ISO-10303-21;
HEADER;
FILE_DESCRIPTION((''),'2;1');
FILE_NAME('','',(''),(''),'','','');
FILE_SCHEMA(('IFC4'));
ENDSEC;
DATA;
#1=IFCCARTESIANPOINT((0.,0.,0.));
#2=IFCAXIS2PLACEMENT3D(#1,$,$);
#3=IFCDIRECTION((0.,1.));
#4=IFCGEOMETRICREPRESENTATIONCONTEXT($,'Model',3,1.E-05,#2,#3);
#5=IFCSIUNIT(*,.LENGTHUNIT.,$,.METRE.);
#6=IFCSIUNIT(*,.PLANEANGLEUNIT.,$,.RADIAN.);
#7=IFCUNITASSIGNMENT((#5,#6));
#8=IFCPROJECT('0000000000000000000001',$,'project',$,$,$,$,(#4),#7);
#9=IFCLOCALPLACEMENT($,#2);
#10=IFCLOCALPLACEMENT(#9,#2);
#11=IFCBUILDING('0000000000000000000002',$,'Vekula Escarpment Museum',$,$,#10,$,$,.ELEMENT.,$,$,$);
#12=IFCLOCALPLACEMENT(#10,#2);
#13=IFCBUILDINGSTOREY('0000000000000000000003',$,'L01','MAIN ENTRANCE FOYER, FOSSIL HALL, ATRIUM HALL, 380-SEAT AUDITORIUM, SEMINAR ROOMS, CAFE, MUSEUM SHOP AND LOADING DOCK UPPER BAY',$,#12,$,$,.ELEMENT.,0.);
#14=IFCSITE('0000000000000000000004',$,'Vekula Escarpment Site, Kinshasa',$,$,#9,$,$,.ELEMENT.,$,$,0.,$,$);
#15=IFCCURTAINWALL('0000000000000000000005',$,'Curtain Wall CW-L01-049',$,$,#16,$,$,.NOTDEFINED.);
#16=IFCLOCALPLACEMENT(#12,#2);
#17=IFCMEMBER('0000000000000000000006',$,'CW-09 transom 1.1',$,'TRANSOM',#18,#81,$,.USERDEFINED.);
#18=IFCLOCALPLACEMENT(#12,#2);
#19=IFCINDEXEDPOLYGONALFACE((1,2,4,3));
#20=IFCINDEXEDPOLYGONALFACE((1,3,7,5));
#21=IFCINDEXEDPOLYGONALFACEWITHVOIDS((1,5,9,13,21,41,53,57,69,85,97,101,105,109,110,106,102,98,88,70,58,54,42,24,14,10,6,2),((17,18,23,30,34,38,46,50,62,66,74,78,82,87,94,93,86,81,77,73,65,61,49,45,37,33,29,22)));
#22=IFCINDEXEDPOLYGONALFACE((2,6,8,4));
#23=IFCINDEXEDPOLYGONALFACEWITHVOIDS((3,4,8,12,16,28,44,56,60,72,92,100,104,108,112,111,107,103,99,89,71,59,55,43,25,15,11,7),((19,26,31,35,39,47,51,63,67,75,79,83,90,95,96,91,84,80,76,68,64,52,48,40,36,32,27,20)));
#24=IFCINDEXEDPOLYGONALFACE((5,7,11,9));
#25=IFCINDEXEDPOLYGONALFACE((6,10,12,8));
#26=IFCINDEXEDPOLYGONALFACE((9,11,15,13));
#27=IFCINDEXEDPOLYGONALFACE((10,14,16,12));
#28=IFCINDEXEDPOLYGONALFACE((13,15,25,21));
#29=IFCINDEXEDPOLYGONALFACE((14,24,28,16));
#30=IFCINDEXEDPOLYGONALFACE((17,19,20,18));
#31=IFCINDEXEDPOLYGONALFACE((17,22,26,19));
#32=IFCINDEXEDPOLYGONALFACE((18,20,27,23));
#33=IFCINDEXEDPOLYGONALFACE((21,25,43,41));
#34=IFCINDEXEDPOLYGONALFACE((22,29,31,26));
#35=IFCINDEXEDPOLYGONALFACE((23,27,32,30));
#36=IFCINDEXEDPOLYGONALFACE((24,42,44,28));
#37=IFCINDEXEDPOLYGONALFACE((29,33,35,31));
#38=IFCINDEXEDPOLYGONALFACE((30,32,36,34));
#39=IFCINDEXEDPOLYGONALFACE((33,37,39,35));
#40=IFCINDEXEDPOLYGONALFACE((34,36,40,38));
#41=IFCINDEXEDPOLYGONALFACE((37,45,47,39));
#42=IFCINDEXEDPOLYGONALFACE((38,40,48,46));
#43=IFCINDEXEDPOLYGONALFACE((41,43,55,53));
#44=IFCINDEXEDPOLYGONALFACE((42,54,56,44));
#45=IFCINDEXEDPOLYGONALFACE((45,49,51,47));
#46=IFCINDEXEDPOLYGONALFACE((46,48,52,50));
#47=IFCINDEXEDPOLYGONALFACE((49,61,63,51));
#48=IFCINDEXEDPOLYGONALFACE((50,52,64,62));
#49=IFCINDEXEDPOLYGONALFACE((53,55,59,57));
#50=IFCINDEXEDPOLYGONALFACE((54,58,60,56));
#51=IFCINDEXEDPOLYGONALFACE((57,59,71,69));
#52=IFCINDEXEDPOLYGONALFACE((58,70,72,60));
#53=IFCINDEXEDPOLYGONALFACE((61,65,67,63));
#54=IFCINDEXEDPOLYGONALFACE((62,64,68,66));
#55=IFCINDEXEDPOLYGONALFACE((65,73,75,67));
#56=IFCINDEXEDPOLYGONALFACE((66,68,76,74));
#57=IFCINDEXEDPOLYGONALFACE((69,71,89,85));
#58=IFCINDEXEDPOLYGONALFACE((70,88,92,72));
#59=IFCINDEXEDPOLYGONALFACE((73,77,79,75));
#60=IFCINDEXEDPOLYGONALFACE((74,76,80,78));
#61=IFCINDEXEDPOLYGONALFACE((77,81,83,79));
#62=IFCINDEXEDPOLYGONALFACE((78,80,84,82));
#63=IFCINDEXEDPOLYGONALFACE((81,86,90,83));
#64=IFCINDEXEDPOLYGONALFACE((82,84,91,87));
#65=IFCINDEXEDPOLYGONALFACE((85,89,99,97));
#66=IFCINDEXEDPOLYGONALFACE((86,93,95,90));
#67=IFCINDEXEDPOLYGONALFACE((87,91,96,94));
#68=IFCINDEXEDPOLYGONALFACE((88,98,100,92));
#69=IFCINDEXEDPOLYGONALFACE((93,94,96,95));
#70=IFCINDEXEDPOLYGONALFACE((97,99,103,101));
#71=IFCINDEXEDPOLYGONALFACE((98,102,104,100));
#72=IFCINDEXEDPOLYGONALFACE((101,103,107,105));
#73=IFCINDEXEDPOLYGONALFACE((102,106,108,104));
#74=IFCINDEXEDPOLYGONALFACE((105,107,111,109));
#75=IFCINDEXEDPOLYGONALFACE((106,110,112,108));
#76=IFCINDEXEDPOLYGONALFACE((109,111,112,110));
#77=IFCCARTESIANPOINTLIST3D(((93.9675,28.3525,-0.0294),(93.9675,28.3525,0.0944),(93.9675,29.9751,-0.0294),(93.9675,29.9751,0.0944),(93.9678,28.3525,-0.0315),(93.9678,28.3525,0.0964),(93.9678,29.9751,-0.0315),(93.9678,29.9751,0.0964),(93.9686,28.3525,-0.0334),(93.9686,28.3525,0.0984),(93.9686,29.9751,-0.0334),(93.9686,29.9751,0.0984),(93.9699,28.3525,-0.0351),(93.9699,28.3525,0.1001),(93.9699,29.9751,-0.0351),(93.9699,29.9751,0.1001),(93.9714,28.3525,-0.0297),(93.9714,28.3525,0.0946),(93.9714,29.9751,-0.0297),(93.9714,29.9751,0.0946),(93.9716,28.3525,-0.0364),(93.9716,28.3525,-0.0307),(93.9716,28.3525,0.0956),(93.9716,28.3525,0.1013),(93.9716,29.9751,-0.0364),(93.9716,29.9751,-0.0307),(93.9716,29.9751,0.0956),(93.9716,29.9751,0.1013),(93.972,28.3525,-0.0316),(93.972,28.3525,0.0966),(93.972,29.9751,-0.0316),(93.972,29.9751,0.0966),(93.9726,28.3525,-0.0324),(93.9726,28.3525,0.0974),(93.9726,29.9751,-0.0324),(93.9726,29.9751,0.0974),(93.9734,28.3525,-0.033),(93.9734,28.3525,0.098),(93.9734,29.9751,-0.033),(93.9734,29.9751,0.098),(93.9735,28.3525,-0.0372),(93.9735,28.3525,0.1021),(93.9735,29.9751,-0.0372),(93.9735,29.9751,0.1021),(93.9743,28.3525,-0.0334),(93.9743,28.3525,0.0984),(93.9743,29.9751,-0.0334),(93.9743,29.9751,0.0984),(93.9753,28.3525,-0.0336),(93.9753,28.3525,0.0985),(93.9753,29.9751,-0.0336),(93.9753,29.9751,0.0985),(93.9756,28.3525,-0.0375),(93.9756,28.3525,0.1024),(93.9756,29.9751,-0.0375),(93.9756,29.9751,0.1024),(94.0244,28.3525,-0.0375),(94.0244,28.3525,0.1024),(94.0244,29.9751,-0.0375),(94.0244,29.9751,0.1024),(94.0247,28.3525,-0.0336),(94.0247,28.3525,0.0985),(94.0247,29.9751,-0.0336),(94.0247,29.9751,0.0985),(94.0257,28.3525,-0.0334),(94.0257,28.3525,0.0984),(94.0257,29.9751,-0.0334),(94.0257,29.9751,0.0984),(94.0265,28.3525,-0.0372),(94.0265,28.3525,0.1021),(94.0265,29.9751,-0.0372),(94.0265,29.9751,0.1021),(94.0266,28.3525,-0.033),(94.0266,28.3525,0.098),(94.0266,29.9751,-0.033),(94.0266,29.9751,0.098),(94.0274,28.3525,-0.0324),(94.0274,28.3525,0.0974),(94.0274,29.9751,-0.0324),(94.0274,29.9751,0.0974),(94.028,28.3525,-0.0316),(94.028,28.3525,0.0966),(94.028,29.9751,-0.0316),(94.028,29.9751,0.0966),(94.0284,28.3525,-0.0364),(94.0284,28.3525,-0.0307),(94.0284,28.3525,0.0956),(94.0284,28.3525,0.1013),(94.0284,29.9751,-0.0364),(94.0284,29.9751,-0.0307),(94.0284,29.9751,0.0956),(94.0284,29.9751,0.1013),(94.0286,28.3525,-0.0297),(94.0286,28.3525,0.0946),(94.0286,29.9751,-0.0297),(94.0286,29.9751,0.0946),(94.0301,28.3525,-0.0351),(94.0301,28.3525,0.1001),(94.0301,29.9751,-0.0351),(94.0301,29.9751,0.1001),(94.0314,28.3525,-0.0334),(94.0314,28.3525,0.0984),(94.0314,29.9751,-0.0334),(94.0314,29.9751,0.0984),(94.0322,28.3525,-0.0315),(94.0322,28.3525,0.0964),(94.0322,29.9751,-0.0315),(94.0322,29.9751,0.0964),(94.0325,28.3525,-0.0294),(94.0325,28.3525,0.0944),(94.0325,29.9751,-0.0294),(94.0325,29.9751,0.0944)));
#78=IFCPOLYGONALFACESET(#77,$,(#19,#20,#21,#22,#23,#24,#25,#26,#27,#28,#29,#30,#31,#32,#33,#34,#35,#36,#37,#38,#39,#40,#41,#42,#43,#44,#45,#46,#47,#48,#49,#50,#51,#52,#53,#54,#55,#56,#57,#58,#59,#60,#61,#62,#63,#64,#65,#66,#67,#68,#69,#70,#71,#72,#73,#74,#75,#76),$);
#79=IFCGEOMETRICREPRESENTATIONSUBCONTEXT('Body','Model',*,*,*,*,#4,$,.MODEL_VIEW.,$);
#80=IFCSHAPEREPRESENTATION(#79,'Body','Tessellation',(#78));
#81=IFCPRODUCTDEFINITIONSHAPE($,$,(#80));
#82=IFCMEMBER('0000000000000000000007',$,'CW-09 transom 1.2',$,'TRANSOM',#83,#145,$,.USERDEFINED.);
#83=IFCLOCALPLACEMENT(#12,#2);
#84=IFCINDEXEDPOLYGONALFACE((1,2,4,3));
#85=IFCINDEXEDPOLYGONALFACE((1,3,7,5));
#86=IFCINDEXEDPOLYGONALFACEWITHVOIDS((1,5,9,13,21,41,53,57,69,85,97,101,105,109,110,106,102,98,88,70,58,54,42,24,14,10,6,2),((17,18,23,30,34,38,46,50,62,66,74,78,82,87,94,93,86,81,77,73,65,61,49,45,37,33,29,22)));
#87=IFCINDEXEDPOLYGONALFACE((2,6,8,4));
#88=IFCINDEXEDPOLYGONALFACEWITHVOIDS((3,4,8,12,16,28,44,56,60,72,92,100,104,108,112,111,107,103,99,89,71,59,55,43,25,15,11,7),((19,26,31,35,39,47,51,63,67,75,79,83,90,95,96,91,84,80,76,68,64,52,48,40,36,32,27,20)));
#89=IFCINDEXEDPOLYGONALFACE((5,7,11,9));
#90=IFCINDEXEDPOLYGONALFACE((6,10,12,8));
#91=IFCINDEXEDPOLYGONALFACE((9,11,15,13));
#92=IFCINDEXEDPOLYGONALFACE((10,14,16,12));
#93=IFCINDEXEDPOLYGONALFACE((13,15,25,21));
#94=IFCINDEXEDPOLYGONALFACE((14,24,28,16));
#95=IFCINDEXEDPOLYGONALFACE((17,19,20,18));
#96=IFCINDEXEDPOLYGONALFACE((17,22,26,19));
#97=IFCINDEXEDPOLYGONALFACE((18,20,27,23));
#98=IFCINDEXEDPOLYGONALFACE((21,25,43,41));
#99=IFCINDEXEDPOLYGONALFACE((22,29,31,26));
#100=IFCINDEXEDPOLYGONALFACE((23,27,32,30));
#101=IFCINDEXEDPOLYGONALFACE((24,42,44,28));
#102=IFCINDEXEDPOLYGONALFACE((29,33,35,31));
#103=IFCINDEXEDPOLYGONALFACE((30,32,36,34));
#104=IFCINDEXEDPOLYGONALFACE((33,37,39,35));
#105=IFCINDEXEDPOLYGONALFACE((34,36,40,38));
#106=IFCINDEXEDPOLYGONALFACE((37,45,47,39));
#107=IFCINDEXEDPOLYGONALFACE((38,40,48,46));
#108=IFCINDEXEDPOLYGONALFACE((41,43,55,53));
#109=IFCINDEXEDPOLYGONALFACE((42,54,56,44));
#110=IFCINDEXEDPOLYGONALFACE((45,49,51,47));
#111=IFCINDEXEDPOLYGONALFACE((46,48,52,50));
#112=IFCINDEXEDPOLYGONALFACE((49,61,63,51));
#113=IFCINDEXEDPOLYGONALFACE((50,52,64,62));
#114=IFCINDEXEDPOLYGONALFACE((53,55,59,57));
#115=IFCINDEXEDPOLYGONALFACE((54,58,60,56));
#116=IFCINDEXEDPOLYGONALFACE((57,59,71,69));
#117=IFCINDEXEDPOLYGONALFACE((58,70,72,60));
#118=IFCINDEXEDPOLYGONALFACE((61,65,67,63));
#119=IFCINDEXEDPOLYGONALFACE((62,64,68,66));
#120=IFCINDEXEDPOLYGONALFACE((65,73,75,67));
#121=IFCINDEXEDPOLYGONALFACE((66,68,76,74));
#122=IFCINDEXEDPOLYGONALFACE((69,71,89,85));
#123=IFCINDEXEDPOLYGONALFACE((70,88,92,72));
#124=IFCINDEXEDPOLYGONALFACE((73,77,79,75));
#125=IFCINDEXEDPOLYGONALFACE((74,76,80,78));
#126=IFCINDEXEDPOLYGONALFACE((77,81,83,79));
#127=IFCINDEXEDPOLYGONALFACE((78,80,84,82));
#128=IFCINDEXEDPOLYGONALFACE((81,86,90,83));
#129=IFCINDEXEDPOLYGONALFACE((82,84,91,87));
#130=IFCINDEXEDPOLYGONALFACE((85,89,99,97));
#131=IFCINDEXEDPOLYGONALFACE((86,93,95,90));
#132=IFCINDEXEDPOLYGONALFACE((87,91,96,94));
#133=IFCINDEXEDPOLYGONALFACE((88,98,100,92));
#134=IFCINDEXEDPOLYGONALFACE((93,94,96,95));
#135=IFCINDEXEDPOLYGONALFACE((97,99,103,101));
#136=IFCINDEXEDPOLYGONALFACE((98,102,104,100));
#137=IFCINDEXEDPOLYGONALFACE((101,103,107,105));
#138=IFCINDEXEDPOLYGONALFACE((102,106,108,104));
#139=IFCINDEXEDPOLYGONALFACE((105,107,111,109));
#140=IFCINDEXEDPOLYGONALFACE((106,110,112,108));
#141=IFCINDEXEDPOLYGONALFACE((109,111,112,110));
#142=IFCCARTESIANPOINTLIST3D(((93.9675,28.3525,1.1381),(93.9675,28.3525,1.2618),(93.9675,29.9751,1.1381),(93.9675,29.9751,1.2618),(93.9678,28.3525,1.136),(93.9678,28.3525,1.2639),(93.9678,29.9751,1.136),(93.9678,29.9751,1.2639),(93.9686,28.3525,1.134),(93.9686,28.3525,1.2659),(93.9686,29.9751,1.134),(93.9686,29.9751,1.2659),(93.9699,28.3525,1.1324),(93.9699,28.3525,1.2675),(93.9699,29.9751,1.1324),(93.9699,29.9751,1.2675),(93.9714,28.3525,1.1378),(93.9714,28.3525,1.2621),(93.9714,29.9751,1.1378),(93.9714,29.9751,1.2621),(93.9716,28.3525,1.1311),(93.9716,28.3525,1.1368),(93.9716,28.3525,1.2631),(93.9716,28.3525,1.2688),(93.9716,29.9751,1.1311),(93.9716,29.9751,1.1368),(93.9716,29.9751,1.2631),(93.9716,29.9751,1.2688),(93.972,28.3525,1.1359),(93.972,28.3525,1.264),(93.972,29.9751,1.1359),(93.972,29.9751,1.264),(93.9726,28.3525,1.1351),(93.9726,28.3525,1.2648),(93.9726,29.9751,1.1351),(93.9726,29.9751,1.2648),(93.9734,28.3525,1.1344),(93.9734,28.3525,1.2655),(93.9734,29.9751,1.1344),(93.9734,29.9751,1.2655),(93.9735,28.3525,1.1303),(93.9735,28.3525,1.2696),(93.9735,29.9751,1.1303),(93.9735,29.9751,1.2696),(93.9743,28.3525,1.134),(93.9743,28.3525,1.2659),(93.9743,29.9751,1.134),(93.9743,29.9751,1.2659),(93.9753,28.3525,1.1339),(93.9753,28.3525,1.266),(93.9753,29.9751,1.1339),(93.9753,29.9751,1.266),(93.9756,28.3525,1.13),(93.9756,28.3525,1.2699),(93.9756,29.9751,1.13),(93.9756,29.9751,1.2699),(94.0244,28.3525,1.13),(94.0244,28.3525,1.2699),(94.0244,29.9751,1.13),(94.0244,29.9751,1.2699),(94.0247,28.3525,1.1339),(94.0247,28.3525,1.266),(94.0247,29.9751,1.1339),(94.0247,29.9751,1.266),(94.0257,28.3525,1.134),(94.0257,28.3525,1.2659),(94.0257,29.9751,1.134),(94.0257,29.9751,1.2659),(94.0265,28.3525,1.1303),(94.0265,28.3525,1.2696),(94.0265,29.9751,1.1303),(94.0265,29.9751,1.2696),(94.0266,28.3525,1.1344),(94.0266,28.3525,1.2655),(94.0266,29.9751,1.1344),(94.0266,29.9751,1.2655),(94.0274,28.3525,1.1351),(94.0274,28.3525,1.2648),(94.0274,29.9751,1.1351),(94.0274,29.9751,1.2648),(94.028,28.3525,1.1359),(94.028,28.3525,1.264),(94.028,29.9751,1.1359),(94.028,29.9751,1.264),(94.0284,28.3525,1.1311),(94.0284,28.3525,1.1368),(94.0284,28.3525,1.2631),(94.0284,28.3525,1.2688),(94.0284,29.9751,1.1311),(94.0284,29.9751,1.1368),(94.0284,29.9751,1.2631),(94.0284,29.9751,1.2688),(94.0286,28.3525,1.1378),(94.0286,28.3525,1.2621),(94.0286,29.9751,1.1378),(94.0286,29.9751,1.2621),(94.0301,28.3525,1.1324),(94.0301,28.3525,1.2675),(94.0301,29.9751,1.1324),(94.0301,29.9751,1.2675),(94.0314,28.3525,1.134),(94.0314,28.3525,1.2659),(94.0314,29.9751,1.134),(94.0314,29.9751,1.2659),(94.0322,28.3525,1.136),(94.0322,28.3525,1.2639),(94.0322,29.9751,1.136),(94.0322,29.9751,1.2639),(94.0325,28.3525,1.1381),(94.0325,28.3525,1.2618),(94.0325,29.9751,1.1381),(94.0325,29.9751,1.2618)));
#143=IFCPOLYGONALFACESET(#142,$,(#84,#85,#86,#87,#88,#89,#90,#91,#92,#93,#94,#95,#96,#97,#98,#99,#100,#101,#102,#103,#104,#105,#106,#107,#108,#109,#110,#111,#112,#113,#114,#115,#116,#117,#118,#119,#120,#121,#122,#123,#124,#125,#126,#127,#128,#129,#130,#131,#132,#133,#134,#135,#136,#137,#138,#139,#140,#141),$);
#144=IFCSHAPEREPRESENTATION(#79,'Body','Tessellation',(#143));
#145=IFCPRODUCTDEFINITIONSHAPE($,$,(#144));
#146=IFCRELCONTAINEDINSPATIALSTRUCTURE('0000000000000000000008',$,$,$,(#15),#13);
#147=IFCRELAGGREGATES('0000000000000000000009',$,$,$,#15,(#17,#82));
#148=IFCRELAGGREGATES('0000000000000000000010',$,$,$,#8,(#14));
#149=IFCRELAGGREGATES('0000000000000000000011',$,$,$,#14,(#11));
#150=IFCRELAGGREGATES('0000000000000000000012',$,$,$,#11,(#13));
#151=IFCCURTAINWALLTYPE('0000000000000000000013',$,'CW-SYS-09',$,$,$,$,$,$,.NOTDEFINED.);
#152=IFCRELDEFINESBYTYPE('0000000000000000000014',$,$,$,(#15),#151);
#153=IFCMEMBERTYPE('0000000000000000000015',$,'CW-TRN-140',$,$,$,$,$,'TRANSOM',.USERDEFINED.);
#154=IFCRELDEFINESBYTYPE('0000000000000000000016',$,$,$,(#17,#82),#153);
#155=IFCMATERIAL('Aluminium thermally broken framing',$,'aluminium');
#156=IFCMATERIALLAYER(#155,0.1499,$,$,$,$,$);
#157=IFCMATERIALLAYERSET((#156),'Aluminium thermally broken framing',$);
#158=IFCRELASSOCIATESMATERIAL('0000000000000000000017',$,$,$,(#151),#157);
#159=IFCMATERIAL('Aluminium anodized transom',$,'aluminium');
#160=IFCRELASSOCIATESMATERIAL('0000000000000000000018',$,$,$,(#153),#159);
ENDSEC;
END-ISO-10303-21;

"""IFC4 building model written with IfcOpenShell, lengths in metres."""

from ifc_helpers import new_model, si_unit, direction, frame, origin, origin_2d, place, context, subcontext, project, spatial, hollow_rectangle, extrude, material, layer, layer_set, material_profile, profile_set, type_object, element, aggregate, save


model = new_model("IFC4")

# Units and contexts
model_context = context("Model", 3, precision=1e-05, world=origin(), true_north=direction((0.0, 1.0)))
body_context = subcontext(model_context, "Body", "Model", "MODEL_VIEW")
ifc_project = project(units=[si_unit("LENGTHUNIT", "METRE"), si_unit("PLANEANGLEUNIT", "RADIAN")], contexts=[model_context])

# Site, building, storey
site_placement = place(None, origin())
site = spatial("IfcSite", under=ifc_project, at=site_placement, Name="Vekula Escarpment Site, Kinshasa", CompositionType="ELEMENT", RefElevation=0.0)
building_placement = place(site_placement, origin())
building = spatial("IfcBuilding", under=site, at=building_placement, Name="Vekula Escarpment Museum", CompositionType="ELEMENT")
storey_placement = place(building_placement, origin())
storey = spatial("IfcBuildingStorey", under=building, at=storey_placement, Name="L01", Description="MAIN ENTRANCE FOYER, FOSSIL HALL, ATRIUM HALL, 380-SEAT AUDITORIUM, SEMINAR ROOMS, CAFE, MUSEUM SHOP AND LOADING DOCK UPPER BAY", CompositionType="ELEMENT", Elevation=0.0)

# Curtain wall
ifc_material_1 = material(Name="Aluminium thermally broken framing", Category="aluminium")
ifc_layer_1 = layer(ifc_material_1, 0.1499)
ifc_layer_set_1 = layer_set([ifc_layer_1], Name="Aluminium thermally broken framing")
curtain_wall_type_1 = type_object("IfcCurtainWallType", Name="CW-SYS-09", PredefinedType="NOTDEFINED", material=ifc_layer_set_1)
curtain_wall_1_placement = place(storey_placement, origin())
curtain_wall_1 = element("IfcCurtainWall", 1, at=curtain_wall_1_placement, inside=storey, type_object=curtain_wall_type_1, Name="Curtain Wall CW-L01-049", PredefinedType="NOTDEFINED")

# Members
ifc_material_2 = material(Name="Aluminium anodized transom", Category="aluminium")
ifc_material_profile_1 = material_profile(ifc_material_2, hollow_rectangle(XDim=0.0649, YDim=0.1399, WallThickness=0.0039, InnerFilletRadius=0.0039, OuterFilletRadius=0.0081, at=origin_2d()), Name="ALU 140x65x4")
ifc_profile_set_1 = profile_set([ifc_material_profile_1], Name="Aluminium anodized transom")
member_type_1 = type_object("IfcMemberType", Name="CW-TRN-140", ElementType="TRANSOM", PredefinedType="USERDEFINED", material=ifc_profile_set_1)
member_1_placement = place(storey_placement, frame((94.0, 29.9751, 0.0325), z_axis=(0.0, -1.0, 0.0), x_axis=(1.0, 0.0, 0.0)))
member_1 = element("IfcMember", 2, at=member_1_placement, type_object=member_type_1, Name="CW-09 transom 1.1", ObjectType="TRANSOM", PredefinedType="USERDEFINED", context=body_context, shape_type="SweptSolid", body=[
    extrude(hollow_rectangle(XDim=0.0649, YDim=0.1399, WallThickness=0.0039, InnerFilletRadius=0.0039, OuterFilletRadius=0.0081, at=origin_2d()), origin(), (0.0, 0.0, 1.0), 1.6226),
])
member_2_placement = place(storey_placement, frame((94.0, 29.9751, 1.2), z_axis=(0.0, -1.0, 0.0), x_axis=(1.0, 0.0, 0.0)))
member_2 = element("IfcMember", 3, at=member_2_placement, type_object=member_type_1, Name="CW-09 transom 1.2", ObjectType="TRANSOM", PredefinedType="USERDEFINED", context=body_context, shape_type="SweptSolid", body=[
    extrude(hollow_rectangle(XDim=0.0649, YDim=0.1399, WallThickness=0.0039, InnerFilletRadius=0.0039, OuterFilletRadius=0.0081, at=origin_2d()), origin(), (0.0, 0.0, 1.0), 1.6226),
])

aggregate(curtain_wall_1, [member_1, member_2])

save(model, "model.ifc")
